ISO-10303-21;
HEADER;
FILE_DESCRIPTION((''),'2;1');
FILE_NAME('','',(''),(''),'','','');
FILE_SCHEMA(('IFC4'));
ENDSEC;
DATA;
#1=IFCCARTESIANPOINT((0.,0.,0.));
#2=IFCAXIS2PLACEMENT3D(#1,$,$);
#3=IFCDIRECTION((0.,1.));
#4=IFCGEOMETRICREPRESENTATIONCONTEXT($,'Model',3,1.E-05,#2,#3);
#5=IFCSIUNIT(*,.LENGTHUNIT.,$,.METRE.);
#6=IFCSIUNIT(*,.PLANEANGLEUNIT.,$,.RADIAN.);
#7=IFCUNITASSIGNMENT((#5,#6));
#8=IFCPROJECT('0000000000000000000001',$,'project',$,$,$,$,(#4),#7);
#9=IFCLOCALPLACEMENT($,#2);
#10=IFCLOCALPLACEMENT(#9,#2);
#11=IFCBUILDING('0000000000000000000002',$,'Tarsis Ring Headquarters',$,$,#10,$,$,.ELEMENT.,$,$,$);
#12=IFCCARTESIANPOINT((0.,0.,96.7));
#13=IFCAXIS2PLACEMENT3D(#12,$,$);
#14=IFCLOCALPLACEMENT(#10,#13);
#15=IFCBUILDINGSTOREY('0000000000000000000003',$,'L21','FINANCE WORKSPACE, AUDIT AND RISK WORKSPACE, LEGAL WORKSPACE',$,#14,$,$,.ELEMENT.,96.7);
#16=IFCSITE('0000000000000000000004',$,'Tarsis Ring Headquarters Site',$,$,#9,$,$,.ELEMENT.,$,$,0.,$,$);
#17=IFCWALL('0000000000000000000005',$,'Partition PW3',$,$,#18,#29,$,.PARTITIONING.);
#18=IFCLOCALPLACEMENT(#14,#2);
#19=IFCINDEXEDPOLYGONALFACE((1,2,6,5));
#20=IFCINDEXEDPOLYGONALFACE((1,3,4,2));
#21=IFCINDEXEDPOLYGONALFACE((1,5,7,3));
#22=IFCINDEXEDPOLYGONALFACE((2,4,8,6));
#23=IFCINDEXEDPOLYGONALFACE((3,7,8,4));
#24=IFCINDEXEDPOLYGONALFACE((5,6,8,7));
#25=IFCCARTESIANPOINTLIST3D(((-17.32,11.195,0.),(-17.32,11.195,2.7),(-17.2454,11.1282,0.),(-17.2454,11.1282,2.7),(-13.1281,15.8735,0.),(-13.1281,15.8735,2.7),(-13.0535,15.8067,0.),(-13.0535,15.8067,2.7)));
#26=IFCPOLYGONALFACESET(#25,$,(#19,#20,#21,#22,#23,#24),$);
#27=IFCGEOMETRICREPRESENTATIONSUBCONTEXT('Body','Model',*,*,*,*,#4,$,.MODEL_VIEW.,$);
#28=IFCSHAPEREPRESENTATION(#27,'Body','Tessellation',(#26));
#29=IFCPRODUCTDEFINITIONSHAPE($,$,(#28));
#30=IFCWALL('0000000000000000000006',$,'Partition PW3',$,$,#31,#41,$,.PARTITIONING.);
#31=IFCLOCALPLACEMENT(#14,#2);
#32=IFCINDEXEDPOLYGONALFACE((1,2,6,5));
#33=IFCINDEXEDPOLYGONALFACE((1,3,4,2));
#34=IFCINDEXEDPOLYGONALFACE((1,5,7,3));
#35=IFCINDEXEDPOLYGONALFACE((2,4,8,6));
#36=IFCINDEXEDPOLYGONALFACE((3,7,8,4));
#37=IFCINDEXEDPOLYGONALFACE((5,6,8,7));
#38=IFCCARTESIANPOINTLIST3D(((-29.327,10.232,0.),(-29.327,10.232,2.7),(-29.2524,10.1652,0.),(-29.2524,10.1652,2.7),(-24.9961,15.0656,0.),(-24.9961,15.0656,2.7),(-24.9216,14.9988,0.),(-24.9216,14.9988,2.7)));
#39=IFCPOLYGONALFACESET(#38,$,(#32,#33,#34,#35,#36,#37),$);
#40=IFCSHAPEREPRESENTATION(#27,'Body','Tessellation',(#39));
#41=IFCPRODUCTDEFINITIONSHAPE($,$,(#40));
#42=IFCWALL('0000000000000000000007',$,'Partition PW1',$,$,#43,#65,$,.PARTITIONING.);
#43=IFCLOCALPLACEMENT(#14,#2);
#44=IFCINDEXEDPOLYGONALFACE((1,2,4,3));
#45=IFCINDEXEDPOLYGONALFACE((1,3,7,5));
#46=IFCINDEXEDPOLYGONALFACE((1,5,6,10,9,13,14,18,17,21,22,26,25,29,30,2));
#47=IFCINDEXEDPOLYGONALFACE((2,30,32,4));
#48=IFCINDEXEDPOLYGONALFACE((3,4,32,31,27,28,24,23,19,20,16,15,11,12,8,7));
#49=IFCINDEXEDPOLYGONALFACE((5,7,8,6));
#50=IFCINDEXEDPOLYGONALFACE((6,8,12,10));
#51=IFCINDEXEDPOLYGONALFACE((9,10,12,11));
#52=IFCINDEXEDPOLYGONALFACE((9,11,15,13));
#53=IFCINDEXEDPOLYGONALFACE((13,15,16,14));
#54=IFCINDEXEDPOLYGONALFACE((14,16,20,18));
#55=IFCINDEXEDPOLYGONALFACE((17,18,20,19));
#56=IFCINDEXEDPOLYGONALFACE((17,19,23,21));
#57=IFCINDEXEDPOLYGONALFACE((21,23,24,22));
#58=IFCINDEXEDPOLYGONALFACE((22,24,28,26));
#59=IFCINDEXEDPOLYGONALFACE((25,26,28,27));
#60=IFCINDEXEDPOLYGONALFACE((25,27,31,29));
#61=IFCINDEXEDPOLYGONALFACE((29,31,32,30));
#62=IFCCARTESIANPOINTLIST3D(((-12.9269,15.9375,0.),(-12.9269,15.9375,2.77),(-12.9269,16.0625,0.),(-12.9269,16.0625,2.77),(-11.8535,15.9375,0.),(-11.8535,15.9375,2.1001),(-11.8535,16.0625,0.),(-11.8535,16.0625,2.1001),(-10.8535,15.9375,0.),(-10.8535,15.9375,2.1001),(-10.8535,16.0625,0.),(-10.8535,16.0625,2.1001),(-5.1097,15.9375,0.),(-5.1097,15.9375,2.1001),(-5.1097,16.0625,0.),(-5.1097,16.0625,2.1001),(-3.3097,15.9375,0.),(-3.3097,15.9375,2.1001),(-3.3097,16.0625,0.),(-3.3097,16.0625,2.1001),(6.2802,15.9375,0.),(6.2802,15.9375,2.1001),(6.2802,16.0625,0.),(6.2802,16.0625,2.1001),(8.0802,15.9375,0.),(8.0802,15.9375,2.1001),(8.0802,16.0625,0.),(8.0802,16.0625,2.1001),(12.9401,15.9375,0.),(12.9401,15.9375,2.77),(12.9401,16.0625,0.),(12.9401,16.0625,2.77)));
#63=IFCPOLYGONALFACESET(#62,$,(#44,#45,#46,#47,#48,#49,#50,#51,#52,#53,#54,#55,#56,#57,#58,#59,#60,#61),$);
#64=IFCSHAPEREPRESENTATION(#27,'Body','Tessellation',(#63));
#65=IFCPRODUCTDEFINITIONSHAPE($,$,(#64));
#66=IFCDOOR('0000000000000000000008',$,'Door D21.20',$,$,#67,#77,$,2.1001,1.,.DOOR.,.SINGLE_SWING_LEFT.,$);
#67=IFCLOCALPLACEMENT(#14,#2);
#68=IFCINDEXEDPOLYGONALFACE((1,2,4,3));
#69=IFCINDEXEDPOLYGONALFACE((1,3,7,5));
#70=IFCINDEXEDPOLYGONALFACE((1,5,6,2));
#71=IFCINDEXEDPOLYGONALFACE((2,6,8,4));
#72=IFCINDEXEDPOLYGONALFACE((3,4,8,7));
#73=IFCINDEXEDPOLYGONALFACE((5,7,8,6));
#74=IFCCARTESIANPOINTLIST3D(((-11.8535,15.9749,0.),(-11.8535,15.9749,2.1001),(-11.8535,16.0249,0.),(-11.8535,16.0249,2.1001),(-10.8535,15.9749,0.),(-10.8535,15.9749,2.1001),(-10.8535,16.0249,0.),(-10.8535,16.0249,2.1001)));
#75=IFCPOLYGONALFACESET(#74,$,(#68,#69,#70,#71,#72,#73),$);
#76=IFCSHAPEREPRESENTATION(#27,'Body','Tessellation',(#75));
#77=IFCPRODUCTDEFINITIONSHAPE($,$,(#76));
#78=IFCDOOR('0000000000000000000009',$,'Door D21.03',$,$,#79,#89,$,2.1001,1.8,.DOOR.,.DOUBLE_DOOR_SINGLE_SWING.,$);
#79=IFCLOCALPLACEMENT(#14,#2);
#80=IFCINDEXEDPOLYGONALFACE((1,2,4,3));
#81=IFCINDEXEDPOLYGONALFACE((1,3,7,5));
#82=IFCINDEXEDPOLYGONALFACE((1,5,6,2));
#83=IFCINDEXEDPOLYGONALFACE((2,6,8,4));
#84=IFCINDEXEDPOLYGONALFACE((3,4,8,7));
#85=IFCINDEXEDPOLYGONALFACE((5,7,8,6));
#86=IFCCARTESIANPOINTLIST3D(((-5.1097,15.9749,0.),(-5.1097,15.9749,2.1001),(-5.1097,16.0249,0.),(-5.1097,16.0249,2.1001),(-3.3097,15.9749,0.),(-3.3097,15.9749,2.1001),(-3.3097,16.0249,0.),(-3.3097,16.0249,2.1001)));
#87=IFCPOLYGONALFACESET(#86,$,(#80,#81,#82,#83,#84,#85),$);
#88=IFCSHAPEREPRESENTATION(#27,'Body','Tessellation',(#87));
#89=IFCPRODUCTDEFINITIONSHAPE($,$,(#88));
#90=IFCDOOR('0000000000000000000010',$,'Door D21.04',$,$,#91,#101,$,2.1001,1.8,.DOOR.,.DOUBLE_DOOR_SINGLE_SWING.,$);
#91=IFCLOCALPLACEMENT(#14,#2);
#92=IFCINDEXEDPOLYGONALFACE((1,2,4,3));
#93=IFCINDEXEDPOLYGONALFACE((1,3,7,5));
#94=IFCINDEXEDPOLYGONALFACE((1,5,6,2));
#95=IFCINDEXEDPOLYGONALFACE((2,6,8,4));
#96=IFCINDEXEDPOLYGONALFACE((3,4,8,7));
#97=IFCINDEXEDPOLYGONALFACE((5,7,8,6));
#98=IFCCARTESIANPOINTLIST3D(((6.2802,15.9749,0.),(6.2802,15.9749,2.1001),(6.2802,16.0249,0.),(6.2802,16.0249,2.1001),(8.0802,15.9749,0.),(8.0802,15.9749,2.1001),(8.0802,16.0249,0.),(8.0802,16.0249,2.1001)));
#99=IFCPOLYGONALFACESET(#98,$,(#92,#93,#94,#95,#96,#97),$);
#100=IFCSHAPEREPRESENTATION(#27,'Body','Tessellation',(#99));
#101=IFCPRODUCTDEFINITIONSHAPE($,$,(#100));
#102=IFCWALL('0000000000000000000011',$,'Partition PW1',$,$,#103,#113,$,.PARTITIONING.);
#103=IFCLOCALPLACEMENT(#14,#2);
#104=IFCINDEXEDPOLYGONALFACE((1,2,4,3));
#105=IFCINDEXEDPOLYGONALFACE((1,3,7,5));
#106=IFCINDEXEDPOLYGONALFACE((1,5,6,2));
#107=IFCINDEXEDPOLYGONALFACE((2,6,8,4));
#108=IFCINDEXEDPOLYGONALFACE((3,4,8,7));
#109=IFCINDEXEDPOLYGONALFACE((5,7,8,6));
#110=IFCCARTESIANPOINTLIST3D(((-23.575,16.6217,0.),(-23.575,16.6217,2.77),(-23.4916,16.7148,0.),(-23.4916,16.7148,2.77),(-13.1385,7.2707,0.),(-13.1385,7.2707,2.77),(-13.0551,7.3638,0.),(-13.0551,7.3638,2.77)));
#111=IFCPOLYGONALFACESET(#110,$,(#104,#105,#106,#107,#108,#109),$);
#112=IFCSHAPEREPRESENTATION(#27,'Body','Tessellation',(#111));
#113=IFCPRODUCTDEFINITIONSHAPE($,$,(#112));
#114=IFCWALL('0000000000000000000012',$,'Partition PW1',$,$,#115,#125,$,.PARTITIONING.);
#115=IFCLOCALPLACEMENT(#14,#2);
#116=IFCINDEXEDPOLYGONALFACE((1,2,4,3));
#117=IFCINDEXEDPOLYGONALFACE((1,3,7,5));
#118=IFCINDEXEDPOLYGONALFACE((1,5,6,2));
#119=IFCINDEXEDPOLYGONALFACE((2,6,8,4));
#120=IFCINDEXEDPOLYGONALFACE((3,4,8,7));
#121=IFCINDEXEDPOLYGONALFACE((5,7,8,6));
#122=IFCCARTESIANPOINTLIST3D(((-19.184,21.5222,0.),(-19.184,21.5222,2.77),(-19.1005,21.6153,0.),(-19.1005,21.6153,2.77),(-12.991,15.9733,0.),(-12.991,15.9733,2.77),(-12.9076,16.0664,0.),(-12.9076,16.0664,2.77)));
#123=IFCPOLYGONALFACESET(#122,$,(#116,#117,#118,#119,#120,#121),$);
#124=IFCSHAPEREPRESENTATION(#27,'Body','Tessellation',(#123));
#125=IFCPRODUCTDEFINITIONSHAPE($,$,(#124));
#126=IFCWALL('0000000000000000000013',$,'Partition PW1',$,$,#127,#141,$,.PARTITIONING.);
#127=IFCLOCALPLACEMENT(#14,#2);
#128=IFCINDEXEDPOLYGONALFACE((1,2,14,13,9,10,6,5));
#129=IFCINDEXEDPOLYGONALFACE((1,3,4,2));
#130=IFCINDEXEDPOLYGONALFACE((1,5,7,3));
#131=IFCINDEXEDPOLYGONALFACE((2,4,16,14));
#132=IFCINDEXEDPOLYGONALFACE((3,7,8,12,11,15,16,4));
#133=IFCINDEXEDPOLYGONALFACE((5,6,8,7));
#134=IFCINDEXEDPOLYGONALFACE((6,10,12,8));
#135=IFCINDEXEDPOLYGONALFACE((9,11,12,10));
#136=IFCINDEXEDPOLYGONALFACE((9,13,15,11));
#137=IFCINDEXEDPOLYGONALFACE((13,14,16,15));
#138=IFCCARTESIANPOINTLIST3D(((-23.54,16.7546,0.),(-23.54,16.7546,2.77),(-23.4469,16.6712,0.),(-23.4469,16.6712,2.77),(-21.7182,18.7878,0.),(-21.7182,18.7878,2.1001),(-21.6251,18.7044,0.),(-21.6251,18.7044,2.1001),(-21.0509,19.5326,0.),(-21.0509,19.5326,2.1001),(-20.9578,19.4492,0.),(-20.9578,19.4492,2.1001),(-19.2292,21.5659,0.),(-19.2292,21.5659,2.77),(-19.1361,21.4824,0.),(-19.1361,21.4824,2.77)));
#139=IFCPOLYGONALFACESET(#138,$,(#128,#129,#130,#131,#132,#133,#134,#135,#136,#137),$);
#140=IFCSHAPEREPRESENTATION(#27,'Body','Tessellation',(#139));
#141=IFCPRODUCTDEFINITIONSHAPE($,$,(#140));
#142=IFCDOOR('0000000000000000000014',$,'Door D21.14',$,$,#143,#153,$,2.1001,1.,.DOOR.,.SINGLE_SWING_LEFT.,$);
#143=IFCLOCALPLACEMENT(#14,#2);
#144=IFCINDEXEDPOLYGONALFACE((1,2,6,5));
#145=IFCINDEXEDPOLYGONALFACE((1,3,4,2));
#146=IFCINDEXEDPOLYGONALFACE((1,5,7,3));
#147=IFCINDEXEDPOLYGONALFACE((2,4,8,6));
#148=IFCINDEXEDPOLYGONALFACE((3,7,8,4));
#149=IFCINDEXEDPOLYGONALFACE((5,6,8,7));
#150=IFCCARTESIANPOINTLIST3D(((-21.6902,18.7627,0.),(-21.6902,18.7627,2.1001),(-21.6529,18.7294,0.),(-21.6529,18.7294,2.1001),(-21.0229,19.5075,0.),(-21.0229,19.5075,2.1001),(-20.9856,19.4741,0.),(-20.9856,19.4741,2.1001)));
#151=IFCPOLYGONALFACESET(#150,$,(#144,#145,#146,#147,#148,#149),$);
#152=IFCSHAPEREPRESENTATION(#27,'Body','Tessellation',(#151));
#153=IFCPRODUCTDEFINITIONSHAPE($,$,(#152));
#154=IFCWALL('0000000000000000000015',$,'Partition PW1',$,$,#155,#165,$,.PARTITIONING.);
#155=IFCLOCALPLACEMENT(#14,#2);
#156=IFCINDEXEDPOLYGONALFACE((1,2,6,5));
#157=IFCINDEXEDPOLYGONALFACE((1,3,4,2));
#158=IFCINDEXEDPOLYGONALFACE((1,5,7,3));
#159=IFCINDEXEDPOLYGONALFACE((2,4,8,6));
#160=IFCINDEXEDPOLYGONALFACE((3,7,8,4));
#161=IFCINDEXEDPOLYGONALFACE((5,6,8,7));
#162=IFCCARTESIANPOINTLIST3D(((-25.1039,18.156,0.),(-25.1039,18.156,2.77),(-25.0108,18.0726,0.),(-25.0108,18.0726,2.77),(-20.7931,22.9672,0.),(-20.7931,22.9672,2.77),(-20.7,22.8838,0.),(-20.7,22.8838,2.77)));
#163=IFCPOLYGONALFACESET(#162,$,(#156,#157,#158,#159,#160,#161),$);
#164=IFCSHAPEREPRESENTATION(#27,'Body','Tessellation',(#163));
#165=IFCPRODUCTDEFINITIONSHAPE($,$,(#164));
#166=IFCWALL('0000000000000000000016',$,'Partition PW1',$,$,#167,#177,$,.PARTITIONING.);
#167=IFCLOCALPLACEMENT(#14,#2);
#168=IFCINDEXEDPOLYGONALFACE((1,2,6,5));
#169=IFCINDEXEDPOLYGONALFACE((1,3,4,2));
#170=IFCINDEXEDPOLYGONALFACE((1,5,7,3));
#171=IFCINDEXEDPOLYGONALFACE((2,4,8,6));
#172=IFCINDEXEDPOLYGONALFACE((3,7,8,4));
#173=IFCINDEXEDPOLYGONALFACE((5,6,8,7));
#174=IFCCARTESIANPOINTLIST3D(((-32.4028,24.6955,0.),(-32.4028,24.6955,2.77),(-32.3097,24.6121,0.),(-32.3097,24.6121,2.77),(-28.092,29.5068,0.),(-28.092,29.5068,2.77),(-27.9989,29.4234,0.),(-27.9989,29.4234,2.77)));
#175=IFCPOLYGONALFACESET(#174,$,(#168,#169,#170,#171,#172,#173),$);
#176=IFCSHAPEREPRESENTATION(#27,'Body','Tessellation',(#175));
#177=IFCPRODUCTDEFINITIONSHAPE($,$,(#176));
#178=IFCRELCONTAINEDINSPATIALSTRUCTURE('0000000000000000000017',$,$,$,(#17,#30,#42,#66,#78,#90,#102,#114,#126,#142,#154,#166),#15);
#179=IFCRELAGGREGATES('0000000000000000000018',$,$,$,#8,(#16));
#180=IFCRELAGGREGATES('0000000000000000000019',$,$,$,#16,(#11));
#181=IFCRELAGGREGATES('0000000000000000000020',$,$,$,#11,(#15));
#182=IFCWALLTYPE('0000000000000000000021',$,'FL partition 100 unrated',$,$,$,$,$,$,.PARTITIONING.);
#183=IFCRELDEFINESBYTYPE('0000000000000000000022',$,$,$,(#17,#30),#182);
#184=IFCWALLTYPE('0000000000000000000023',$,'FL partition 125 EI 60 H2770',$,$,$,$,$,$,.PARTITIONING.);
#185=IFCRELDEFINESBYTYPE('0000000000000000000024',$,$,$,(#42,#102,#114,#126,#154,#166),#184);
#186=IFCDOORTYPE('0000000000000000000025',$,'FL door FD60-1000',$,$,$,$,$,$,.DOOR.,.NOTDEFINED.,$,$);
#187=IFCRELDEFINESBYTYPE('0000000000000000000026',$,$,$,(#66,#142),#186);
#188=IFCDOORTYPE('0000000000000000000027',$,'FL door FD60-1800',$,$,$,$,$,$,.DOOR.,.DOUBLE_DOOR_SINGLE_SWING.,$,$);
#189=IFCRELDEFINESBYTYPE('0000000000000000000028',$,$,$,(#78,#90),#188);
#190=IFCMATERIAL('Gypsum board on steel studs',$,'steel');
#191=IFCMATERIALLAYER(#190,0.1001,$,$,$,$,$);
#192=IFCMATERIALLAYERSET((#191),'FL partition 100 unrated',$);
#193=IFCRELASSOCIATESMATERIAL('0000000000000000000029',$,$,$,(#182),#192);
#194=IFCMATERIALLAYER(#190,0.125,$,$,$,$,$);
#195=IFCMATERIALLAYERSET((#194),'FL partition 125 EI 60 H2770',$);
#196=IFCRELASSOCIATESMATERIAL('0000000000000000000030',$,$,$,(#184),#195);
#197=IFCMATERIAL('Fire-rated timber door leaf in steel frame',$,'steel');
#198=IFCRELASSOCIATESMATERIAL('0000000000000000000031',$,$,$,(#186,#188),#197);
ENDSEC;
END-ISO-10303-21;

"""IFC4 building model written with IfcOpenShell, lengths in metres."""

from ifc_helpers import new_model, si_unit, direction, frame, frame_2d, origin, place, context, subcontext, project, spatial, rectangle, extrude, material, layer, layer_set, type_object, element, fill, save


model = new_model("IFC4")

# Units and contexts
model_context = context("Model", 3, precision=1e-05, world=origin(), true_north=direction((0.0, 1.0)))
body_context = subcontext(model_context, "Body", "Model", "MODEL_VIEW")
ifc_project = project(units=[si_unit("LENGTHUNIT", "METRE"), si_unit("PLANEANGLEUNIT", "RADIAN")], contexts=[model_context])

# Site, building, storey
site_placement = place(None, origin())
site = spatial("IfcSite", under=ifc_project, at=site_placement, Name="Tarsis Ring Headquarters Site", CompositionType="ELEMENT", RefElevation=0.0)
building_placement = place(site_placement, origin())
building = spatial("IfcBuilding", under=site, at=building_placement, Name="Tarsis Ring Headquarters", CompositionType="ELEMENT")
storey_placement = place(building_placement, frame((0.0, 0.0, 96.7)))
storey = spatial("IfcBuildingStorey", under=building, at=storey_placement, Name="L21", Description="FINANCE WORKSPACE, AUDIT AND RISK WORKSPACE, LEGAL WORKSPACE", CompositionType="ELEMENT", Elevation=96.7)

# Walls
ifc_material_1 = material(Name="Gypsum board on steel studs", Category="steel")
ifc_layer_1 = layer(ifc_material_1, 0.1001)
ifc_layer_set_1 = layer_set([ifc_layer_1], Name="FL partition 100 unrated")
wall_type_1 = type_object("IfcWallType", Name="FL partition 100 unrated", PredefinedType="PARTITIONING", material=ifc_layer_set_1)
wall_1_placement = place(storey_placement, frame((-17.2827, 11.1616, 0.0), z_axis=(0.0, 0.0, 1.0), x_axis=(0.667316, 0.744775, 0.0)))
element("IfcWall", 1, at=wall_1_placement, inside=storey, type_object=wall_type_1, Name="Partition PW3", PredefinedType="PARTITIONING", context=body_context, shape_type="SweptSolid", body=[
    extrude(rectangle(XDim=6.2817, YDim=0.1001, at=frame_2d((3.1409, 0.0))), origin(), (0.0, 0.0, 1.0), 2.7),
])
wall_2_placement = place(storey_placement, frame((-29.2898, 10.1985, 0.0), z_axis=(0.0, 0.0, 1.0), x_axis=(0.667317, 0.744774, 0.0)))
element("IfcWall", 2, at=wall_2_placement, inside=storey, type_object=wall_type_1, Name="Partition PW3", PredefinedType="PARTITIONING", context=body_context, shape_type="SweptSolid", body=[
    extrude(rectangle(XDim=6.49, YDim=0.1001, at=frame_2d((3.2451, 0.0))), origin(), (0.0, 0.0, 1.0), 2.7),
])

# Wall, openings, doors
ifc_layer_2 = layer(ifc_material_1, 0.125)
ifc_layer_set_2 = layer_set([ifc_layer_2], Name="FL partition 125 EI 60 H2770")
wall_type_2 = type_object("IfcWallType", Name="FL partition 125 EI 60 H2770", PredefinedType="PARTITIONING", material=ifc_layer_set_2)
wall_3_placement = place(storey_placement, frame((-12.927, 16.0, 0.0), z_axis=(0.0, 0.0, 1.0), x_axis=(1.0, 0.0, 0.0)))
wall_3 = element("IfcWall", 3, at=wall_3_placement, inside=storey, type_object=wall_type_2, Name="Partition PW1", PredefinedType="PARTITIONING", context=body_context, shape_type="SweptSolid", body=[
    extrude(rectangle(XDim=25.8669, YDim=0.125, at=frame_2d((12.9336, 0.0))), origin(), (0.0, 0.0, 1.0), 2.77),
])
opening_1_placement = place(wall_3_placement, frame((7.8174, 0.0, 0.0)))
opening_1 = element("IfcOpeningElement", 4, at=opening_1_placement, cuts=wall_3, PredefinedType="OPENING", context=body_context, shape_type="SweptSolid", body=[
    extrude(rectangle(XDim=1.8, YDim=2.1001, at=frame_2d((0.8999, 1.05))), frame((0.0, 0.0725, 0.0), z_axis=(0.0, -1.0, 0.0), x_axis=(1.0, 0.0, 0.0)), (0.0, 0.0, 1.0), 0.145),
])
opening_2_placement = place(wall_3_placement, frame((19.2073, 0.0, 0.0)))
opening_2 = element("IfcOpeningElement", 5, at=opening_2_placement, cuts=wall_3, PredefinedType="OPENING", context=body_context, shape_type="SweptSolid", body=[
    extrude(rectangle(XDim=1.8, YDim=2.1001, at=frame_2d((0.8999, 1.05))), frame((0.0, 0.0725, 0.0), z_axis=(0.0, -1.0, 0.0), x_axis=(1.0, 0.0, 0.0)), (0.0, 0.0, 1.0), 0.145),
])
opening_3_placement = place(wall_3_placement, frame((1.0735, 0.0, 0.0)))
opening_3 = element("IfcOpeningElement", 6, at=opening_3_placement, cuts=wall_3, PredefinedType="OPENING", context=body_context, shape_type="SweptSolid", body=[
    extrude(rectangle(XDim=1.0, YDim=2.1001, at=frame_2d((0.5, 1.05))), frame((0.0, 0.0725, 0.0), z_axis=(0.0, -1.0, 0.0), x_axis=(1.0, 0.0, 0.0)), (0.0, 0.0, 1.0), 0.145),
])
ifc_material_2 = material(Name="Fire-rated timber door leaf in steel frame", Category="steel")
door_type_1 = type_object("IfcDoorType", Name="FL door FD60-1000", OperationType="NOTDEFINED", PredefinedType="DOOR", material=ifc_material_2)
door_1_placement = place(opening_3_placement, origin())
door_1 = element("IfcDoor", 7, at=door_1_placement, inside=storey, type_object=door_type_1, Name="Door D21.20", OperationType="SINGLE_SWING_LEFT", OverallHeight=2.1001, OverallWidth=1.0, PredefinedType="DOOR", context=body_context, shape_type="SweptSolid", body=[
    extrude(rectangle(XDim=1.0, YDim=2.1001, at=frame_2d((0.5, 1.05))), frame((0.0, 0.0249, 0.0), z_axis=(0.0, -1.0, 0.0), x_axis=(1.0, 0.0, 0.0)), (0.0, 0.0, 1.0), 0.05),
])
fill(opening_3, door_1)
door_type_2 = type_object("IfcDoorType", Name="FL door FD60-1800", OperationType="DOUBLE_DOOR_SINGLE_SWING", PredefinedType="DOOR", material=ifc_material_2)
door_2_placement = place(opening_1_placement, origin())
door_2 = element("IfcDoor", 8, at=door_2_placement, inside=storey, type_object=door_type_2, Name="Door D21.03", OperationType="DOUBLE_DOOR_SINGLE_SWING", OverallHeight=2.1001, OverallWidth=1.8, PredefinedType="DOOR", context=body_context, shape_type="SweptSolid", body=[
    extrude(rectangle(XDim=1.8, YDim=2.1001, at=frame_2d((0.8999, 1.05))), frame((0.0, 0.0249, 0.0), z_axis=(0.0, -1.0, 0.0), x_axis=(1.0, 0.0, 0.0)), (0.0, 0.0, 1.0), 0.05),
])
fill(opening_1, door_2)
door_3_placement = place(opening_2_placement, origin())
door_3 = element("IfcDoor", 9, at=door_3_placement, inside=storey, type_object=door_type_2, Name="Door D21.04", OperationType="DOUBLE_DOOR_SINGLE_SWING", OverallHeight=2.1001, OverallWidth=1.8, PredefinedType="DOOR", context=body_context, shape_type="SweptSolid", body=[
    extrude(rectangle(XDim=1.8, YDim=2.1001, at=frame_2d((0.8999, 1.05))), frame((0.0, 0.0249, 0.0), z_axis=(0.0, -1.0, 0.0), x_axis=(1.0, 0.0, 0.0)), (0.0, 0.0, 1.0), 0.05),
])
fill(opening_2, door_3)

# Walls
wall_4_placement = place(storey_placement, frame((-23.5332, 16.6682, 0.0), z_axis=(0.0, 0.0, 1.0), x_axis=(0.744775, -0.667315, 0.0)))
element("IfcWall", 10, at=wall_4_placement, inside=storey, type_object=wall_type_2, Name="Partition PW1", PredefinedType="PARTITIONING", context=body_context, shape_type="SweptSolid", body=[
    extrude(rectangle(XDim=14.0129, YDim=0.125, at=frame_2d((7.0063, 0.0))), origin(), (0.0, 0.0, 1.0), 2.77),
])
wall_5_placement = place(storey_placement, frame((-19.1423, 21.5688, 0.0), z_axis=(0.0, 0.0, 1.0), x_axis=(0.744773, -0.667318, 0.0)))
element("IfcWall", 11, at=wall_5_placement, inside=storey, type_object=wall_type_2, Name="Partition PW1", PredefinedType="PARTITIONING", context=body_context, shape_type="SweptSolid", body=[
    extrude(rectangle(XDim=8.3152, YDim=0.125, at=frame_2d((4.1577, 0.0))), origin(), (0.0, 0.0, 1.0), 2.77),
])

# Wall, opening, door
wall_6_placement = place(storey_placement, frame((-23.4934, 16.7129, 0.0), z_axis=(0.0, 0.0, 1.0), x_axis=(0.667307, 0.744783, 0.0)))
wall_6 = element("IfcWall", 12, at=wall_6_placement, inside=storey, type_object=wall_type_2, Name="Partition PW1", PredefinedType="PARTITIONING", context=body_context, shape_type="SweptSolid", body=[
    extrude(rectangle(XDim=6.46, YDim=0.125, at=frame_2d((3.23, 0.0))), origin(), (0.0, 0.0, 1.0), 2.77),
])
opening_4_placement = place(wall_6_placement, frame((2.73, 0.0, 0.0)))
opening_4 = element("IfcOpeningElement", 13, at=opening_4_placement, cuts=wall_6, PredefinedType="OPENING", context=body_context, shape_type="SweptSolid", body=[
    extrude(rectangle(XDim=1.0, YDim=2.1001, at=frame_2d((0.5, 1.05))), frame((0.0, 0.0725, 0.0), z_axis=(0.0, -1.0, 0.0), x_axis=(1.0, 0.0, 0.0)), (0.0, 0.0, 1.0), 0.145),
])
door_4_placement = place(opening_4_placement, origin())
door_4 = element("IfcDoor", 14, at=door_4_placement, inside=storey, type_object=door_type_1, Name="Door D21.14", OperationType="SINGLE_SWING_LEFT", OverallHeight=2.1001, OverallWidth=1.0, PredefinedType="DOOR", context=body_context, shape_type="SweptSolid", body=[
    extrude(rectangle(XDim=1.0, YDim=2.1001, at=frame_2d((0.5, 1.05))), frame((0.0, 0.0249, 0.0), z_axis=(0.0, -1.0, 0.0), x_axis=(1.0, 0.0, 0.0)), (0.0, 0.0, 1.0), 0.05),
])
fill(opening_4, door_4)

# Walls
for number, where, z_axis, x_axis, name in (
    (15, (-25.0574, 18.1143, 0.0), (0.0, 0.0, 1.0), (0.667307, 0.744783, 0.0), "Partition PW1"),
    (16, (-32.3562, 24.6538, 0.0), (0.0, 0.0, 1.0), (0.667307, 0.744783, 0.0), "Partition PW1"),
):
    element("IfcWall", number, at=place(storey_placement, frame(where, z_axis=z_axis, x_axis=x_axis)), inside=storey, type_object=wall_type_2, Name=name, PredefinedType="PARTITIONING", context=body_context, shape_type="SweptSolid", body=[
        extrude(rectangle(XDim=6.46, YDim=0.125, at=frame_2d((3.23, 0.0))), origin(), (0.0, 0.0, 1.0), 2.77),
    ])

save(model, "model.ifc")
